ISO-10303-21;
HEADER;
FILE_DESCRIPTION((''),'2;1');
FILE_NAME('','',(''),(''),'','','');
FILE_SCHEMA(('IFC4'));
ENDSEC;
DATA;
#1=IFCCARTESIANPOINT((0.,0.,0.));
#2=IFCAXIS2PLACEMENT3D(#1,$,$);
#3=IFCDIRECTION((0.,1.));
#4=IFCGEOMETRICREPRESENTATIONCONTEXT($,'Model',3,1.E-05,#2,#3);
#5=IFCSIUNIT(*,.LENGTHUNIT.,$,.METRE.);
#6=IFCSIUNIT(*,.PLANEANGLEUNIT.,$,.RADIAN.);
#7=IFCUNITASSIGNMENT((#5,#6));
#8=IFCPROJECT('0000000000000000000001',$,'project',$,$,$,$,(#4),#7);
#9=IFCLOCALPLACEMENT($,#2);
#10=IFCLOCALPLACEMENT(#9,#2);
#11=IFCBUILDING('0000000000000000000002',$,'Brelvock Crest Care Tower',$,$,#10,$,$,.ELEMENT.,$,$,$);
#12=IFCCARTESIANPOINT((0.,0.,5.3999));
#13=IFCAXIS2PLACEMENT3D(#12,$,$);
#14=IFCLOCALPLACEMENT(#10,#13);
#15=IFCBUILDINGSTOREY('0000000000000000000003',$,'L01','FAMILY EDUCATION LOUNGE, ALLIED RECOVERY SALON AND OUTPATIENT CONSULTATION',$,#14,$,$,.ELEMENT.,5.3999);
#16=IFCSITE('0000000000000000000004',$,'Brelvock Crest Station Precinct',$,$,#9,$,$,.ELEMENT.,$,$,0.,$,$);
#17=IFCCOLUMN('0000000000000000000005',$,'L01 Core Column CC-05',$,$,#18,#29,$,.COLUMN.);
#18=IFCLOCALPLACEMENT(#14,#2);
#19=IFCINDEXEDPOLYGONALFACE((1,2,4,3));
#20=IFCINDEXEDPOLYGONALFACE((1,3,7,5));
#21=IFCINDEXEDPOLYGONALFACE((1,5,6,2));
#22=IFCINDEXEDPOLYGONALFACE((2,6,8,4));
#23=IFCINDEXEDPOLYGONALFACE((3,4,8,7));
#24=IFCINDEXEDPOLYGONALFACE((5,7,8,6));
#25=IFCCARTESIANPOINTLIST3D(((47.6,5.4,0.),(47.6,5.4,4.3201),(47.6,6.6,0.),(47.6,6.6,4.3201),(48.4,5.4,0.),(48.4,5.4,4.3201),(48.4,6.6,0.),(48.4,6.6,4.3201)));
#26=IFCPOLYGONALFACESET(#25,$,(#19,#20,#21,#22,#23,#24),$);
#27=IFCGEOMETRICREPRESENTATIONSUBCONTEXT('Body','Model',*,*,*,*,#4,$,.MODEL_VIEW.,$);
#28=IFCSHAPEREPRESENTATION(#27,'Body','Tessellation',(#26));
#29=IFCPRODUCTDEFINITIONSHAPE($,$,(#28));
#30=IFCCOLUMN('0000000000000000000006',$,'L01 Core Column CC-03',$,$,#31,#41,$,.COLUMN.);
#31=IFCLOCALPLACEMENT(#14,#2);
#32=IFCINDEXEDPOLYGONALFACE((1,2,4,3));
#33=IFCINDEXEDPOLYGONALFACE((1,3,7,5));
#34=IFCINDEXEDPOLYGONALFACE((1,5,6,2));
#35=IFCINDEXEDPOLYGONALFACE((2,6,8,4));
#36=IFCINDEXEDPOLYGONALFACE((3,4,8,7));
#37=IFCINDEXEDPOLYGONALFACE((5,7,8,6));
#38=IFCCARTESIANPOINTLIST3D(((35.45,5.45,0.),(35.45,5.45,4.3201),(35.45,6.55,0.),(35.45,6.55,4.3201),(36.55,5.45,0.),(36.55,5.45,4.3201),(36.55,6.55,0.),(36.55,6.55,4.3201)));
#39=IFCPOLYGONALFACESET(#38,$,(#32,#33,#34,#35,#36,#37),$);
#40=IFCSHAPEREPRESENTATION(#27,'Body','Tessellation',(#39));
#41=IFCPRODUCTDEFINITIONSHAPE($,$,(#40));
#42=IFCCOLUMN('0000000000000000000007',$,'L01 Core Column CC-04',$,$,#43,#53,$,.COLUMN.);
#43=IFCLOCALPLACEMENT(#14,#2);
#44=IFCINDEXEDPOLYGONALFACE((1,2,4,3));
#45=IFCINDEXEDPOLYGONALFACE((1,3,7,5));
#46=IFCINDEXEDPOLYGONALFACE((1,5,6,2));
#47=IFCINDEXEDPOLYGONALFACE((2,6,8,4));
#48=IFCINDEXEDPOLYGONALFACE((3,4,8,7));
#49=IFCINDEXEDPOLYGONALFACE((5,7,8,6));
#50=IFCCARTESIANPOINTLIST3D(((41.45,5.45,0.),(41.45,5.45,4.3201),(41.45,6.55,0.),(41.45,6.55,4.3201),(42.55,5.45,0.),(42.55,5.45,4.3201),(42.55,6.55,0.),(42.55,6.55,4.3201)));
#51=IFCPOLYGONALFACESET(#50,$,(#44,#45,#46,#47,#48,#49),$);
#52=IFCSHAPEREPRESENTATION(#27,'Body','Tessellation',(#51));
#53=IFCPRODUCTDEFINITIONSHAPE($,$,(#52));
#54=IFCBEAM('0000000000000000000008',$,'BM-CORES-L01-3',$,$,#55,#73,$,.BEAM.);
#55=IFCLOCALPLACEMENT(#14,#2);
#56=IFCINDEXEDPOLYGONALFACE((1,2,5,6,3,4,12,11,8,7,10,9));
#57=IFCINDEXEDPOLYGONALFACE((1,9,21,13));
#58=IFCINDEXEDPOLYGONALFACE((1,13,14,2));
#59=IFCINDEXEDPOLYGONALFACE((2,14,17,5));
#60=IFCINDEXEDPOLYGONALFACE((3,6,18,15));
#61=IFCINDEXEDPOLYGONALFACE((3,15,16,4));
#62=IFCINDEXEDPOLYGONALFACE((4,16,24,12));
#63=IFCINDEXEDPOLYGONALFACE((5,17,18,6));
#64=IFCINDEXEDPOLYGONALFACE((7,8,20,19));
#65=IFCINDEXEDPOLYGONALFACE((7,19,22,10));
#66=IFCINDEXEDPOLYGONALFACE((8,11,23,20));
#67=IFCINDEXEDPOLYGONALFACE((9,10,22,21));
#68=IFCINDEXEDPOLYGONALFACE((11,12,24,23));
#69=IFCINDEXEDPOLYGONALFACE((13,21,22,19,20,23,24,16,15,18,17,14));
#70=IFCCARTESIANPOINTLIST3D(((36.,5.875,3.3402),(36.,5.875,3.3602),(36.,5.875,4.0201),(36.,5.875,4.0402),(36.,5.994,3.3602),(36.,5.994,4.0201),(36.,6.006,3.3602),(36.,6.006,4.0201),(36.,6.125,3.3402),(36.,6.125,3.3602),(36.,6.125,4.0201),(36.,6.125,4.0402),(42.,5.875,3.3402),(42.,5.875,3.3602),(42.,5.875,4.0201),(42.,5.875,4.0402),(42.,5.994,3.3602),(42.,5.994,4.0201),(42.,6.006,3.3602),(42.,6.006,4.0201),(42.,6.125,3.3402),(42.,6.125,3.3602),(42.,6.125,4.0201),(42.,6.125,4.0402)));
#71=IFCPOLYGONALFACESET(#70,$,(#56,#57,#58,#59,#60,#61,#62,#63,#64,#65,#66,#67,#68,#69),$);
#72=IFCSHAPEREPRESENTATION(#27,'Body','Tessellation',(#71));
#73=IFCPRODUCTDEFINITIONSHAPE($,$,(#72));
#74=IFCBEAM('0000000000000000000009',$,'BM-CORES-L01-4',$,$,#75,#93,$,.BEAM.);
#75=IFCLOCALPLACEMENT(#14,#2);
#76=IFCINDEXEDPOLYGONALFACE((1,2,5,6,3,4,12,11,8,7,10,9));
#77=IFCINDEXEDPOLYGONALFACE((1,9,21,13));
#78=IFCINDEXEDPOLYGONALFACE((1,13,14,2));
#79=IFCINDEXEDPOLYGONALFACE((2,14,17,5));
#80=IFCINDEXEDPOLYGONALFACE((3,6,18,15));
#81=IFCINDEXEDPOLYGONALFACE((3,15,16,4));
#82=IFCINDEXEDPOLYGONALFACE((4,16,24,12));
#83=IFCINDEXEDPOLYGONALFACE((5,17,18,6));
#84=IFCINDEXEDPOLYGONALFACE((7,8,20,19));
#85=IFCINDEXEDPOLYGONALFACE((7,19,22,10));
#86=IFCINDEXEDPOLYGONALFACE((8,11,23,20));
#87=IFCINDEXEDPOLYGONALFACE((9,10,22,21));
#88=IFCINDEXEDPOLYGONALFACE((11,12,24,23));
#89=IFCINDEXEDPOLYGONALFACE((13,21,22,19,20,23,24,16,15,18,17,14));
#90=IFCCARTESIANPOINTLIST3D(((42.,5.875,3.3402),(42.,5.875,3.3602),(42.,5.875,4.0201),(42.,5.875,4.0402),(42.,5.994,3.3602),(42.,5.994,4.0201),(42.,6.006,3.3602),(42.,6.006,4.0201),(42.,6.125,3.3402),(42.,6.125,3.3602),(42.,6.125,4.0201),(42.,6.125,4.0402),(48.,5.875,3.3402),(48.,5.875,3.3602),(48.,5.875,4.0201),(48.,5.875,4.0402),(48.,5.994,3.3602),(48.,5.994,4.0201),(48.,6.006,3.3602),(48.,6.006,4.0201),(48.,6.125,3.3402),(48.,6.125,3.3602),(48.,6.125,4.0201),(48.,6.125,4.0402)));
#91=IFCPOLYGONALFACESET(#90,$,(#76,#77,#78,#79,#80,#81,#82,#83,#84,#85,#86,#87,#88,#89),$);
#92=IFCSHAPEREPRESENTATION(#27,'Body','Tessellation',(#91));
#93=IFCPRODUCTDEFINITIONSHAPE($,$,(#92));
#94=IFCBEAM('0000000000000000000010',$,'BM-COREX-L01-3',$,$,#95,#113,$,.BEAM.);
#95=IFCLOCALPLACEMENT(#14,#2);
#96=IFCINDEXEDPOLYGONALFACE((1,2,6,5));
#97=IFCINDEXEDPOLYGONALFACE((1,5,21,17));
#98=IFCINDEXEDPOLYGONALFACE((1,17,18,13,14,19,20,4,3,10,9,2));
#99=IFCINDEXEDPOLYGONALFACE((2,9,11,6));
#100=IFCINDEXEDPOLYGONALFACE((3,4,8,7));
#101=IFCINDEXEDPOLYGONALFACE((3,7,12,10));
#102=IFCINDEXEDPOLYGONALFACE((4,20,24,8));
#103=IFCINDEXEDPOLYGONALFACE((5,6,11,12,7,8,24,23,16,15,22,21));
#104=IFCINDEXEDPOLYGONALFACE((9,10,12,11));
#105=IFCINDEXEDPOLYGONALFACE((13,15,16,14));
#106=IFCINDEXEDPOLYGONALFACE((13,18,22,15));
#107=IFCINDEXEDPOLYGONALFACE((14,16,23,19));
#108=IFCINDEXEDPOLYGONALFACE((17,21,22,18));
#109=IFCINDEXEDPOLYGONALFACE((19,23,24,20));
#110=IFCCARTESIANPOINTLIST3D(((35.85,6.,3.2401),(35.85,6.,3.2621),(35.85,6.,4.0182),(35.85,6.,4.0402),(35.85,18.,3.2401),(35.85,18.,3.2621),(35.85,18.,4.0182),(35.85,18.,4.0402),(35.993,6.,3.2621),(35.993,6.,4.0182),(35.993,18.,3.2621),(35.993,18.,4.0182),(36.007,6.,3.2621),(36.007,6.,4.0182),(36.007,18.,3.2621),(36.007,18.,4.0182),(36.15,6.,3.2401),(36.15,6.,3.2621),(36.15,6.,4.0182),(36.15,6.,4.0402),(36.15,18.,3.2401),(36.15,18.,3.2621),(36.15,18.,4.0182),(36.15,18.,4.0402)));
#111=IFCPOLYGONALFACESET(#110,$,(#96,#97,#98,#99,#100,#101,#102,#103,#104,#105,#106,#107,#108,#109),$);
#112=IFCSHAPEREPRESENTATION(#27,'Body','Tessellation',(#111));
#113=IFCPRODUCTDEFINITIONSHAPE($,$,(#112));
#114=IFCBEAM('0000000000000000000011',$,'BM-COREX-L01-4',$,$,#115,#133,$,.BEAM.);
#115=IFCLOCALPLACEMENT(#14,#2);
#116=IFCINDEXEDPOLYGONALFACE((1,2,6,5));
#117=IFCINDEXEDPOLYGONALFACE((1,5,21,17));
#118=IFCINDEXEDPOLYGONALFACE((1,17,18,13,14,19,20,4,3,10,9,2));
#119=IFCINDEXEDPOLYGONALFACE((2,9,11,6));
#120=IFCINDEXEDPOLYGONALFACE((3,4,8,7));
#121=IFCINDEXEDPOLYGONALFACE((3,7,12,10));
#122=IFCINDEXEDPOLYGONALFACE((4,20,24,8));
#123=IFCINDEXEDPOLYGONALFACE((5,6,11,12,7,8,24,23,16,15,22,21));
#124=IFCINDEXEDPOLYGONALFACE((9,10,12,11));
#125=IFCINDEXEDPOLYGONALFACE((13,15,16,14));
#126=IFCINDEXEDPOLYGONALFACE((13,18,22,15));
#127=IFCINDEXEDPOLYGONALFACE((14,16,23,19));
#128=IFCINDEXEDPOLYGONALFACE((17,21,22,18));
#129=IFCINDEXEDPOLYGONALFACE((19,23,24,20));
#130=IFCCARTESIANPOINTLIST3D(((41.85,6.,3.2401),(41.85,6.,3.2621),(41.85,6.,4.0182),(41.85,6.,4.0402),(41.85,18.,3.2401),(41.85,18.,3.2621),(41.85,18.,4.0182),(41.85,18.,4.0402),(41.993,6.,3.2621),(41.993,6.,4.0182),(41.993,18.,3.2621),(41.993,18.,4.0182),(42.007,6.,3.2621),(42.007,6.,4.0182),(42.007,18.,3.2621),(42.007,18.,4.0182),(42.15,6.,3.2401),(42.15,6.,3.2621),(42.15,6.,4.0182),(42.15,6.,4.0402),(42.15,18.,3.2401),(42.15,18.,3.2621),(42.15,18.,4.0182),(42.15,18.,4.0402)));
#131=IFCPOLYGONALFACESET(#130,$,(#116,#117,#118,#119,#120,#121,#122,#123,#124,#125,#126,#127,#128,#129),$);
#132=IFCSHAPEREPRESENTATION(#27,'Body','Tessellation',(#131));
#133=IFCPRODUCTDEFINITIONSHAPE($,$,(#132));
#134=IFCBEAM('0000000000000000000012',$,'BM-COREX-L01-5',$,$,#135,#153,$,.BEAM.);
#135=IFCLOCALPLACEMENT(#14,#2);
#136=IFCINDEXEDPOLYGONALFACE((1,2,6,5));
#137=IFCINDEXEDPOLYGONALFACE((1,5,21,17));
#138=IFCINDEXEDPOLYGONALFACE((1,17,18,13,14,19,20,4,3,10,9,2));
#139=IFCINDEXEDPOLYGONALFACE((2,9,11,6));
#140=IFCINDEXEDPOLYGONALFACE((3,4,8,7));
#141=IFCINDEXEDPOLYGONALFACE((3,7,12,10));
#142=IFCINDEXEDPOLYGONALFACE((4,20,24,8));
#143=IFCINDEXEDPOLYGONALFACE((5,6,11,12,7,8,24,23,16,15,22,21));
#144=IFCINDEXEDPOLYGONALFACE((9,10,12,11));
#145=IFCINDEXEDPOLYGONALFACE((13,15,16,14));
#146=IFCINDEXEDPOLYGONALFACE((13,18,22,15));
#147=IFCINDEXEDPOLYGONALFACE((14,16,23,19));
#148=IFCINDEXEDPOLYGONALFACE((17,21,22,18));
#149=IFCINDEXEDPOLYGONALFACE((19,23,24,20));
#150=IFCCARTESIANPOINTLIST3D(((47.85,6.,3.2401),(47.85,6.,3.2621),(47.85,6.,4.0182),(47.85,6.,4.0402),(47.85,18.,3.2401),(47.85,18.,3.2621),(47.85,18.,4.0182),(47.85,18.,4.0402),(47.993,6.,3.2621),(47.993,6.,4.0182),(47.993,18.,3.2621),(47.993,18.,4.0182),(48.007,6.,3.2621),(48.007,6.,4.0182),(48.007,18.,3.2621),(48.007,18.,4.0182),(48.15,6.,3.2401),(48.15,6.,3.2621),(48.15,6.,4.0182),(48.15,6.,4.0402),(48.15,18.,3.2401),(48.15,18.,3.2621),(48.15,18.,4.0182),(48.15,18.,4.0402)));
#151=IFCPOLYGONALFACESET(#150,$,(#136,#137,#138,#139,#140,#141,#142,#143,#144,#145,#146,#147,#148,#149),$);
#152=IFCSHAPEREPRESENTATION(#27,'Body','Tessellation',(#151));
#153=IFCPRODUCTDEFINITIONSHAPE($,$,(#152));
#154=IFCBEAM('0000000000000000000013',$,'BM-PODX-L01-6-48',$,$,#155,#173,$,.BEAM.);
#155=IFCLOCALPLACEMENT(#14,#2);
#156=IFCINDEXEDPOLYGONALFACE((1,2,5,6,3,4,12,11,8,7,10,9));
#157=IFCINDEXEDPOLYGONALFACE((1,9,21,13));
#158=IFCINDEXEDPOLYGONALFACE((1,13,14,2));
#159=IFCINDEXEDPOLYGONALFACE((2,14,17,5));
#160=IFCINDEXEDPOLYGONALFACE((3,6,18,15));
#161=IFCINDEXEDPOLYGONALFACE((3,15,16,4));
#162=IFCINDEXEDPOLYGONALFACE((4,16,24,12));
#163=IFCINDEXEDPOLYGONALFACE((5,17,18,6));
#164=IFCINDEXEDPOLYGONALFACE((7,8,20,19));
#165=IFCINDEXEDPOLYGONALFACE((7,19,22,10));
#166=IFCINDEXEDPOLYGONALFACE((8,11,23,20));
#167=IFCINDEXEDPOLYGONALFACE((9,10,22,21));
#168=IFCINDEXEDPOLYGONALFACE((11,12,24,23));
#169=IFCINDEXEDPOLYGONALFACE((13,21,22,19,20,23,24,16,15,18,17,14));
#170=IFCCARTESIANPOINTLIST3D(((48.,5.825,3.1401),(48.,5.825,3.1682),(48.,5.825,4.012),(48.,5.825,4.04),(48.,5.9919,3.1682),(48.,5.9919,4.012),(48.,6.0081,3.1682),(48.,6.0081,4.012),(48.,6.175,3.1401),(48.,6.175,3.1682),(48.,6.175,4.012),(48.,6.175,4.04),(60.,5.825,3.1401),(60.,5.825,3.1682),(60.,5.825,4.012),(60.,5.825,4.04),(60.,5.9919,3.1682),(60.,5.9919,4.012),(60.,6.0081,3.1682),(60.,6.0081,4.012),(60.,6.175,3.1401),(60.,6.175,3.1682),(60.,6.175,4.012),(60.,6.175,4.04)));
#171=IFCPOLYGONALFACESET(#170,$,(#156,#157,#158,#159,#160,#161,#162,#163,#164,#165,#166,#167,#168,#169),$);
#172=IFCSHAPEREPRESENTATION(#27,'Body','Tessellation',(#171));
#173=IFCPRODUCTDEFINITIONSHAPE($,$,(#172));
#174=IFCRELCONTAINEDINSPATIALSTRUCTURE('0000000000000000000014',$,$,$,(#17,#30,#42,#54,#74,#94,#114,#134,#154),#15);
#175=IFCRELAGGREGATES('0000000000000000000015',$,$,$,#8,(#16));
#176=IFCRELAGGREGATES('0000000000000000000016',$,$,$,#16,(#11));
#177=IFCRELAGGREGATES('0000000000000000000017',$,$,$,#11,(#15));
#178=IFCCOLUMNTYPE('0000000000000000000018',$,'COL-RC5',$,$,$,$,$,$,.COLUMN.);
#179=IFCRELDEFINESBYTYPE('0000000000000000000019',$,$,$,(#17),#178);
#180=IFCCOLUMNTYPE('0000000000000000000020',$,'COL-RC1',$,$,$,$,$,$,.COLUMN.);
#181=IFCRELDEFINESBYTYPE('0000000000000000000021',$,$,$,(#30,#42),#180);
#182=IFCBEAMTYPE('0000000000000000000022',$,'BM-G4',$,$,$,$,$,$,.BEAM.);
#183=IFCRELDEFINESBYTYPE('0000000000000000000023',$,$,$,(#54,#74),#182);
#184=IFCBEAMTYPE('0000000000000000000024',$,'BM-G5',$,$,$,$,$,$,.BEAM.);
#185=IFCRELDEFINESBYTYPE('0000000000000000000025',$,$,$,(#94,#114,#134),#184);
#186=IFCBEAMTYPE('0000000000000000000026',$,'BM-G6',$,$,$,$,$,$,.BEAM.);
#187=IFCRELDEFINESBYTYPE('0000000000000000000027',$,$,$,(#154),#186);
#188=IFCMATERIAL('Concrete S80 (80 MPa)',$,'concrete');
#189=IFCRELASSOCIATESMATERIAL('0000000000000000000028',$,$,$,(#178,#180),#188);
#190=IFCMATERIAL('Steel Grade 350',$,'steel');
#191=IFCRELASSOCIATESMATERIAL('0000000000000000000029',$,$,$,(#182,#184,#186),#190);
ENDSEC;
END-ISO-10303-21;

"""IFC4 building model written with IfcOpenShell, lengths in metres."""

from ifc_helpers import new_model, si_unit, direction, frame, origin, origin_2d, place, context, subcontext, project, spatial, rectangle, i_section, extrude, source, transform, mapped, material, material_profile, profile_set, type_object, element, save


model = new_model("IFC4")

# Units and contexts
model_context = context("Model", 3, precision=1e-05, world=origin(), true_north=direction((0.0, 1.0)))
body_context = subcontext(model_context, "Body", "Model", "MODEL_VIEW")
ifc_project = project(units=[si_unit("LENGTHUNIT", "METRE"), si_unit("PLANEANGLEUNIT", "RADIAN")], contexts=[model_context])

# Site, building, storey
site_placement = place(None, origin())
site = spatial("IfcSite", under=ifc_project, at=site_placement, Name="Brelvock Crest Station Precinct", CompositionType="ELEMENT", RefElevation=0.0)
building_placement = place(site_placement, origin())
building = spatial("IfcBuilding", under=site, at=building_placement, Name="Brelvock Crest Care Tower", CompositionType="ELEMENT")
storey_placement = place(building_placement, frame((0.0, 0.0, 5.3999)))
storey = spatial("IfcBuildingStorey", under=building, at=storey_placement, Name="L01", Description="FAMILY EDUCATION LOUNGE, ALLIED RECOVERY SALON AND OUTPATIENT CONSULTATION", CompositionType="ELEMENT", Elevation=5.3999)

# Columns
ifc_material_1 = material(Name="Concrete S80 (80 MPa)", Category="concrete")
ifc_material_profile_1 = material_profile(ifc_material_1, rectangle(XDim=0.8, YDim=1.2, at=origin_2d()), Name="RC800x1200")
ifc_profile_set_1 = profile_set([ifc_material_profile_1], Name="Concrete S80 (80 MPa)")
column_type_1 = type_object("IfcColumnType", Name="COL-RC5", PredefinedType="COLUMN", material=ifc_profile_set_1)
shared_shape_1 = source(origin(), body_context, "Body", "SweptSolid", [
    extrude(rectangle(XDim=0.8, YDim=1.2, at=origin_2d()), origin(), (0.0, 0.0, 1.0), 4.3201),
])
column_placement = place(storey_placement, frame((48.0, 6.0, 0.0), z_axis=(0.0, 0.0, 1.0), x_axis=(1.0, 0.0, 0.0)))
element("IfcColumn", 1, at=column_placement, inside=storey, type_object=column_type_1, Name="L01 Core Column CC-05", PredefinedType="COLUMN", context=body_context, shape_type="MappedRepresentation", body=[
    mapped(shared_shape_1, transform((0.0, 0.0, 0.0), x_axis=(1.0, 0.0, 0.0), y_axis=(0.0, 1.0, 0.0), z_axis=(0.0, 0.0, 1.0), scale=1.0)),
])
ifc_material_profile_2 = material_profile(ifc_material_1, rectangle(XDim=1.1001, YDim=1.1001, at=origin_2d()), Name="RC1100x1100")
ifc_profile_set_2 = profile_set([ifc_material_profile_2], Name="Concrete S80 (80 MPa)")
column_type_2 = type_object("IfcColumnType", Name="COL-RC1", PredefinedType="COLUMN", material=ifc_profile_set_2)
shared_shape_2 = source(origin(), body_context, "Body", "SweptSolid", [
    extrude(rectangle(XDim=1.1001, YDim=1.1001, at=origin_2d()), origin(), (0.0, 0.0, 1.0), 4.3201),
])
for number, where, z_axis, x_axis, name in (
    (2, (36.0, 6.0, 0.0), (0.0, 0.0, 1.0), (1.0, 0.0, 0.0), "L01 Core Column CC-03"),
    (3, (42.0, 6.0, 0.0), (0.0, 0.0, 1.0), (1.0, 0.0, 0.0), "L01 Core Column CC-04"),
):
    element("IfcColumn", number, at=place(storey_placement, frame(where, z_axis=z_axis, x_axis=x_axis)), inside=storey, type_object=column_type_2, Name=name, PredefinedType="COLUMN", context=body_context, shape_type="MappedRepresentation", body=[
        mapped(shared_shape_2, transform((0.0, 0.0, 0.0), x_axis=(1.0, 0.0, 0.0), y_axis=(0.0, 1.0, 0.0), z_axis=(0.0, 0.0, 1.0), scale=1.0)),
    ])

# Beams
ifc_material_2 = material(Name="Steel Grade 350", Category="steel")
ifc_material_profile_3 = material_profile(ifc_material_2, i_section(OverallWidth=0.25, OverallDepth=0.7, WebThickness=0.012, FlangeThickness=0.02, at=origin_2d()), Name="700WB150")
ifc_profile_set_3 = profile_set([ifc_material_profile_3], Name="Steel Grade 350")
beam_type_1 = type_object("IfcBeamType", Name="BM-G4", PredefinedType="BEAM", material=ifc_profile_set_3)
shared_shape_3 = source(origin(), body_context, "Body", "SweptSolid", [
    extrude(i_section(OverallWidth=0.25, OverallDepth=0.7, WebThickness=0.012, FlangeThickness=0.02, at=origin_2d()), origin(), (0.0, 0.0, 1.0), 6.0),
])
for number, where, z_axis, x_axis, name in (
    (4, (36.0, 6.0, 3.6902), (1.0, 0.0, 0.0), (0.0, 1.0, 0.0), "BM-CORES-L01-3"),
    (5, (42.0, 6.0, 3.6902), (1.0, 0.0, 0.0), (0.0, 1.0, 0.0), "BM-CORES-L01-4"),
):
    element("IfcBeam", number, at=place(storey_placement, frame(where, z_axis=z_axis, x_axis=x_axis)), inside=storey, type_object=beam_type_1, Name=name, PredefinedType="BEAM", context=body_context, shape_type="MappedRepresentation", body=[
        mapped(shared_shape_3, transform((0.0, 0.0, 0.0), x_axis=(1.0, 0.0, 0.0), y_axis=(0.0, 1.0, 0.0), z_axis=(0.0, 0.0, 1.0), scale=1.0)),
    ])
ifc_material_profile_4 = material_profile(ifc_material_2, i_section(OverallWidth=0.3, OverallDepth=0.8, WebThickness=0.0139, FlangeThickness=0.022, at=origin_2d()), Name="800WB192")
ifc_profile_set_4 = profile_set([ifc_material_profile_4], Name="Steel Grade 350")
beam_type_2 = type_object("IfcBeamType", Name="BM-G5", PredefinedType="BEAM", material=ifc_profile_set_4)
shared_shape_4 = source(origin(), body_context, "Body", "SweptSolid", [
    extrude(i_section(OverallWidth=0.3, OverallDepth=0.8, WebThickness=0.0139, FlangeThickness=0.022, at=origin_2d()), origin(), (0.0, 0.0, 1.0), 12.0),
])
for number, where, z_axis, x_axis, name in (
    (6, (36.0, 6.0, 3.6401), (0.0, 1.0, 0.0), (-1.0, 0.0, 0.0), "BM-COREX-L01-3"),
    (7, (42.0, 6.0, 3.6401), (0.0, 1.0, 0.0), (-1.0, 0.0, 0.0), "BM-COREX-L01-4"),
    (8, (48.0, 6.0, 3.6401), (0.0, 1.0, 0.0), (-1.0, 0.0, 0.0), "BM-COREX-L01-5"),
):
    element("IfcBeam", number, at=place(storey_placement, frame(where, z_axis=z_axis, x_axis=x_axis)), inside=storey, type_object=beam_type_2, Name=name, PredefinedType="BEAM", context=body_context, shape_type="MappedRepresentation", body=[
        mapped(shared_shape_4, transform((0.0, 0.0, 0.0), x_axis=(1.0, 0.0, 0.0), y_axis=(0.0, 1.0, 0.0), z_axis=(0.0, 0.0, 1.0), scale=1.0)),
    ])
ifc_material_profile_5 = material_profile(ifc_material_2, i_section(OverallWidth=0.3501, OverallDepth=0.8999, WebThickness=0.0161, FlangeThickness=0.0281, at=origin_2d()), Name="900WB257")
ifc_profile_set_5 = profile_set([ifc_material_profile_5], Name="Steel Grade 350")
beam_type_3 = type_object("IfcBeamType", Name="BM-G6", PredefinedType="BEAM", material=ifc_profile_set_5)
shared_shape_5 = source(origin(), body_context, "Body", "SweptSolid", [
    extrude(i_section(OverallWidth=0.3501, OverallDepth=0.8999, WebThickness=0.0161, FlangeThickness=0.0281, at=origin_2d()), origin(), (0.0, 0.0, 1.0), 12.0),
])
beam_placement = place(storey_placement, frame((48.0, 6.0, 3.5901), z_axis=(1.0, 0.0, 0.0), x_axis=(0.0, 1.0, 0.0)))
element("IfcBeam", 9, at=beam_placement, inside=storey, type_object=beam_type_3, Name="BM-PODX-L01-6-48", PredefinedType="BEAM", context=body_context, shape_type="MappedRepresentation", body=[
    mapped(shared_shape_5, transform((0.0, 0.0, 0.0), x_axis=(1.0, 0.0, 0.0), y_axis=(0.0, 1.0, 0.0), z_axis=(0.0, 0.0, 1.0), scale=1.0)),
])

save(model, "model.ifc")
